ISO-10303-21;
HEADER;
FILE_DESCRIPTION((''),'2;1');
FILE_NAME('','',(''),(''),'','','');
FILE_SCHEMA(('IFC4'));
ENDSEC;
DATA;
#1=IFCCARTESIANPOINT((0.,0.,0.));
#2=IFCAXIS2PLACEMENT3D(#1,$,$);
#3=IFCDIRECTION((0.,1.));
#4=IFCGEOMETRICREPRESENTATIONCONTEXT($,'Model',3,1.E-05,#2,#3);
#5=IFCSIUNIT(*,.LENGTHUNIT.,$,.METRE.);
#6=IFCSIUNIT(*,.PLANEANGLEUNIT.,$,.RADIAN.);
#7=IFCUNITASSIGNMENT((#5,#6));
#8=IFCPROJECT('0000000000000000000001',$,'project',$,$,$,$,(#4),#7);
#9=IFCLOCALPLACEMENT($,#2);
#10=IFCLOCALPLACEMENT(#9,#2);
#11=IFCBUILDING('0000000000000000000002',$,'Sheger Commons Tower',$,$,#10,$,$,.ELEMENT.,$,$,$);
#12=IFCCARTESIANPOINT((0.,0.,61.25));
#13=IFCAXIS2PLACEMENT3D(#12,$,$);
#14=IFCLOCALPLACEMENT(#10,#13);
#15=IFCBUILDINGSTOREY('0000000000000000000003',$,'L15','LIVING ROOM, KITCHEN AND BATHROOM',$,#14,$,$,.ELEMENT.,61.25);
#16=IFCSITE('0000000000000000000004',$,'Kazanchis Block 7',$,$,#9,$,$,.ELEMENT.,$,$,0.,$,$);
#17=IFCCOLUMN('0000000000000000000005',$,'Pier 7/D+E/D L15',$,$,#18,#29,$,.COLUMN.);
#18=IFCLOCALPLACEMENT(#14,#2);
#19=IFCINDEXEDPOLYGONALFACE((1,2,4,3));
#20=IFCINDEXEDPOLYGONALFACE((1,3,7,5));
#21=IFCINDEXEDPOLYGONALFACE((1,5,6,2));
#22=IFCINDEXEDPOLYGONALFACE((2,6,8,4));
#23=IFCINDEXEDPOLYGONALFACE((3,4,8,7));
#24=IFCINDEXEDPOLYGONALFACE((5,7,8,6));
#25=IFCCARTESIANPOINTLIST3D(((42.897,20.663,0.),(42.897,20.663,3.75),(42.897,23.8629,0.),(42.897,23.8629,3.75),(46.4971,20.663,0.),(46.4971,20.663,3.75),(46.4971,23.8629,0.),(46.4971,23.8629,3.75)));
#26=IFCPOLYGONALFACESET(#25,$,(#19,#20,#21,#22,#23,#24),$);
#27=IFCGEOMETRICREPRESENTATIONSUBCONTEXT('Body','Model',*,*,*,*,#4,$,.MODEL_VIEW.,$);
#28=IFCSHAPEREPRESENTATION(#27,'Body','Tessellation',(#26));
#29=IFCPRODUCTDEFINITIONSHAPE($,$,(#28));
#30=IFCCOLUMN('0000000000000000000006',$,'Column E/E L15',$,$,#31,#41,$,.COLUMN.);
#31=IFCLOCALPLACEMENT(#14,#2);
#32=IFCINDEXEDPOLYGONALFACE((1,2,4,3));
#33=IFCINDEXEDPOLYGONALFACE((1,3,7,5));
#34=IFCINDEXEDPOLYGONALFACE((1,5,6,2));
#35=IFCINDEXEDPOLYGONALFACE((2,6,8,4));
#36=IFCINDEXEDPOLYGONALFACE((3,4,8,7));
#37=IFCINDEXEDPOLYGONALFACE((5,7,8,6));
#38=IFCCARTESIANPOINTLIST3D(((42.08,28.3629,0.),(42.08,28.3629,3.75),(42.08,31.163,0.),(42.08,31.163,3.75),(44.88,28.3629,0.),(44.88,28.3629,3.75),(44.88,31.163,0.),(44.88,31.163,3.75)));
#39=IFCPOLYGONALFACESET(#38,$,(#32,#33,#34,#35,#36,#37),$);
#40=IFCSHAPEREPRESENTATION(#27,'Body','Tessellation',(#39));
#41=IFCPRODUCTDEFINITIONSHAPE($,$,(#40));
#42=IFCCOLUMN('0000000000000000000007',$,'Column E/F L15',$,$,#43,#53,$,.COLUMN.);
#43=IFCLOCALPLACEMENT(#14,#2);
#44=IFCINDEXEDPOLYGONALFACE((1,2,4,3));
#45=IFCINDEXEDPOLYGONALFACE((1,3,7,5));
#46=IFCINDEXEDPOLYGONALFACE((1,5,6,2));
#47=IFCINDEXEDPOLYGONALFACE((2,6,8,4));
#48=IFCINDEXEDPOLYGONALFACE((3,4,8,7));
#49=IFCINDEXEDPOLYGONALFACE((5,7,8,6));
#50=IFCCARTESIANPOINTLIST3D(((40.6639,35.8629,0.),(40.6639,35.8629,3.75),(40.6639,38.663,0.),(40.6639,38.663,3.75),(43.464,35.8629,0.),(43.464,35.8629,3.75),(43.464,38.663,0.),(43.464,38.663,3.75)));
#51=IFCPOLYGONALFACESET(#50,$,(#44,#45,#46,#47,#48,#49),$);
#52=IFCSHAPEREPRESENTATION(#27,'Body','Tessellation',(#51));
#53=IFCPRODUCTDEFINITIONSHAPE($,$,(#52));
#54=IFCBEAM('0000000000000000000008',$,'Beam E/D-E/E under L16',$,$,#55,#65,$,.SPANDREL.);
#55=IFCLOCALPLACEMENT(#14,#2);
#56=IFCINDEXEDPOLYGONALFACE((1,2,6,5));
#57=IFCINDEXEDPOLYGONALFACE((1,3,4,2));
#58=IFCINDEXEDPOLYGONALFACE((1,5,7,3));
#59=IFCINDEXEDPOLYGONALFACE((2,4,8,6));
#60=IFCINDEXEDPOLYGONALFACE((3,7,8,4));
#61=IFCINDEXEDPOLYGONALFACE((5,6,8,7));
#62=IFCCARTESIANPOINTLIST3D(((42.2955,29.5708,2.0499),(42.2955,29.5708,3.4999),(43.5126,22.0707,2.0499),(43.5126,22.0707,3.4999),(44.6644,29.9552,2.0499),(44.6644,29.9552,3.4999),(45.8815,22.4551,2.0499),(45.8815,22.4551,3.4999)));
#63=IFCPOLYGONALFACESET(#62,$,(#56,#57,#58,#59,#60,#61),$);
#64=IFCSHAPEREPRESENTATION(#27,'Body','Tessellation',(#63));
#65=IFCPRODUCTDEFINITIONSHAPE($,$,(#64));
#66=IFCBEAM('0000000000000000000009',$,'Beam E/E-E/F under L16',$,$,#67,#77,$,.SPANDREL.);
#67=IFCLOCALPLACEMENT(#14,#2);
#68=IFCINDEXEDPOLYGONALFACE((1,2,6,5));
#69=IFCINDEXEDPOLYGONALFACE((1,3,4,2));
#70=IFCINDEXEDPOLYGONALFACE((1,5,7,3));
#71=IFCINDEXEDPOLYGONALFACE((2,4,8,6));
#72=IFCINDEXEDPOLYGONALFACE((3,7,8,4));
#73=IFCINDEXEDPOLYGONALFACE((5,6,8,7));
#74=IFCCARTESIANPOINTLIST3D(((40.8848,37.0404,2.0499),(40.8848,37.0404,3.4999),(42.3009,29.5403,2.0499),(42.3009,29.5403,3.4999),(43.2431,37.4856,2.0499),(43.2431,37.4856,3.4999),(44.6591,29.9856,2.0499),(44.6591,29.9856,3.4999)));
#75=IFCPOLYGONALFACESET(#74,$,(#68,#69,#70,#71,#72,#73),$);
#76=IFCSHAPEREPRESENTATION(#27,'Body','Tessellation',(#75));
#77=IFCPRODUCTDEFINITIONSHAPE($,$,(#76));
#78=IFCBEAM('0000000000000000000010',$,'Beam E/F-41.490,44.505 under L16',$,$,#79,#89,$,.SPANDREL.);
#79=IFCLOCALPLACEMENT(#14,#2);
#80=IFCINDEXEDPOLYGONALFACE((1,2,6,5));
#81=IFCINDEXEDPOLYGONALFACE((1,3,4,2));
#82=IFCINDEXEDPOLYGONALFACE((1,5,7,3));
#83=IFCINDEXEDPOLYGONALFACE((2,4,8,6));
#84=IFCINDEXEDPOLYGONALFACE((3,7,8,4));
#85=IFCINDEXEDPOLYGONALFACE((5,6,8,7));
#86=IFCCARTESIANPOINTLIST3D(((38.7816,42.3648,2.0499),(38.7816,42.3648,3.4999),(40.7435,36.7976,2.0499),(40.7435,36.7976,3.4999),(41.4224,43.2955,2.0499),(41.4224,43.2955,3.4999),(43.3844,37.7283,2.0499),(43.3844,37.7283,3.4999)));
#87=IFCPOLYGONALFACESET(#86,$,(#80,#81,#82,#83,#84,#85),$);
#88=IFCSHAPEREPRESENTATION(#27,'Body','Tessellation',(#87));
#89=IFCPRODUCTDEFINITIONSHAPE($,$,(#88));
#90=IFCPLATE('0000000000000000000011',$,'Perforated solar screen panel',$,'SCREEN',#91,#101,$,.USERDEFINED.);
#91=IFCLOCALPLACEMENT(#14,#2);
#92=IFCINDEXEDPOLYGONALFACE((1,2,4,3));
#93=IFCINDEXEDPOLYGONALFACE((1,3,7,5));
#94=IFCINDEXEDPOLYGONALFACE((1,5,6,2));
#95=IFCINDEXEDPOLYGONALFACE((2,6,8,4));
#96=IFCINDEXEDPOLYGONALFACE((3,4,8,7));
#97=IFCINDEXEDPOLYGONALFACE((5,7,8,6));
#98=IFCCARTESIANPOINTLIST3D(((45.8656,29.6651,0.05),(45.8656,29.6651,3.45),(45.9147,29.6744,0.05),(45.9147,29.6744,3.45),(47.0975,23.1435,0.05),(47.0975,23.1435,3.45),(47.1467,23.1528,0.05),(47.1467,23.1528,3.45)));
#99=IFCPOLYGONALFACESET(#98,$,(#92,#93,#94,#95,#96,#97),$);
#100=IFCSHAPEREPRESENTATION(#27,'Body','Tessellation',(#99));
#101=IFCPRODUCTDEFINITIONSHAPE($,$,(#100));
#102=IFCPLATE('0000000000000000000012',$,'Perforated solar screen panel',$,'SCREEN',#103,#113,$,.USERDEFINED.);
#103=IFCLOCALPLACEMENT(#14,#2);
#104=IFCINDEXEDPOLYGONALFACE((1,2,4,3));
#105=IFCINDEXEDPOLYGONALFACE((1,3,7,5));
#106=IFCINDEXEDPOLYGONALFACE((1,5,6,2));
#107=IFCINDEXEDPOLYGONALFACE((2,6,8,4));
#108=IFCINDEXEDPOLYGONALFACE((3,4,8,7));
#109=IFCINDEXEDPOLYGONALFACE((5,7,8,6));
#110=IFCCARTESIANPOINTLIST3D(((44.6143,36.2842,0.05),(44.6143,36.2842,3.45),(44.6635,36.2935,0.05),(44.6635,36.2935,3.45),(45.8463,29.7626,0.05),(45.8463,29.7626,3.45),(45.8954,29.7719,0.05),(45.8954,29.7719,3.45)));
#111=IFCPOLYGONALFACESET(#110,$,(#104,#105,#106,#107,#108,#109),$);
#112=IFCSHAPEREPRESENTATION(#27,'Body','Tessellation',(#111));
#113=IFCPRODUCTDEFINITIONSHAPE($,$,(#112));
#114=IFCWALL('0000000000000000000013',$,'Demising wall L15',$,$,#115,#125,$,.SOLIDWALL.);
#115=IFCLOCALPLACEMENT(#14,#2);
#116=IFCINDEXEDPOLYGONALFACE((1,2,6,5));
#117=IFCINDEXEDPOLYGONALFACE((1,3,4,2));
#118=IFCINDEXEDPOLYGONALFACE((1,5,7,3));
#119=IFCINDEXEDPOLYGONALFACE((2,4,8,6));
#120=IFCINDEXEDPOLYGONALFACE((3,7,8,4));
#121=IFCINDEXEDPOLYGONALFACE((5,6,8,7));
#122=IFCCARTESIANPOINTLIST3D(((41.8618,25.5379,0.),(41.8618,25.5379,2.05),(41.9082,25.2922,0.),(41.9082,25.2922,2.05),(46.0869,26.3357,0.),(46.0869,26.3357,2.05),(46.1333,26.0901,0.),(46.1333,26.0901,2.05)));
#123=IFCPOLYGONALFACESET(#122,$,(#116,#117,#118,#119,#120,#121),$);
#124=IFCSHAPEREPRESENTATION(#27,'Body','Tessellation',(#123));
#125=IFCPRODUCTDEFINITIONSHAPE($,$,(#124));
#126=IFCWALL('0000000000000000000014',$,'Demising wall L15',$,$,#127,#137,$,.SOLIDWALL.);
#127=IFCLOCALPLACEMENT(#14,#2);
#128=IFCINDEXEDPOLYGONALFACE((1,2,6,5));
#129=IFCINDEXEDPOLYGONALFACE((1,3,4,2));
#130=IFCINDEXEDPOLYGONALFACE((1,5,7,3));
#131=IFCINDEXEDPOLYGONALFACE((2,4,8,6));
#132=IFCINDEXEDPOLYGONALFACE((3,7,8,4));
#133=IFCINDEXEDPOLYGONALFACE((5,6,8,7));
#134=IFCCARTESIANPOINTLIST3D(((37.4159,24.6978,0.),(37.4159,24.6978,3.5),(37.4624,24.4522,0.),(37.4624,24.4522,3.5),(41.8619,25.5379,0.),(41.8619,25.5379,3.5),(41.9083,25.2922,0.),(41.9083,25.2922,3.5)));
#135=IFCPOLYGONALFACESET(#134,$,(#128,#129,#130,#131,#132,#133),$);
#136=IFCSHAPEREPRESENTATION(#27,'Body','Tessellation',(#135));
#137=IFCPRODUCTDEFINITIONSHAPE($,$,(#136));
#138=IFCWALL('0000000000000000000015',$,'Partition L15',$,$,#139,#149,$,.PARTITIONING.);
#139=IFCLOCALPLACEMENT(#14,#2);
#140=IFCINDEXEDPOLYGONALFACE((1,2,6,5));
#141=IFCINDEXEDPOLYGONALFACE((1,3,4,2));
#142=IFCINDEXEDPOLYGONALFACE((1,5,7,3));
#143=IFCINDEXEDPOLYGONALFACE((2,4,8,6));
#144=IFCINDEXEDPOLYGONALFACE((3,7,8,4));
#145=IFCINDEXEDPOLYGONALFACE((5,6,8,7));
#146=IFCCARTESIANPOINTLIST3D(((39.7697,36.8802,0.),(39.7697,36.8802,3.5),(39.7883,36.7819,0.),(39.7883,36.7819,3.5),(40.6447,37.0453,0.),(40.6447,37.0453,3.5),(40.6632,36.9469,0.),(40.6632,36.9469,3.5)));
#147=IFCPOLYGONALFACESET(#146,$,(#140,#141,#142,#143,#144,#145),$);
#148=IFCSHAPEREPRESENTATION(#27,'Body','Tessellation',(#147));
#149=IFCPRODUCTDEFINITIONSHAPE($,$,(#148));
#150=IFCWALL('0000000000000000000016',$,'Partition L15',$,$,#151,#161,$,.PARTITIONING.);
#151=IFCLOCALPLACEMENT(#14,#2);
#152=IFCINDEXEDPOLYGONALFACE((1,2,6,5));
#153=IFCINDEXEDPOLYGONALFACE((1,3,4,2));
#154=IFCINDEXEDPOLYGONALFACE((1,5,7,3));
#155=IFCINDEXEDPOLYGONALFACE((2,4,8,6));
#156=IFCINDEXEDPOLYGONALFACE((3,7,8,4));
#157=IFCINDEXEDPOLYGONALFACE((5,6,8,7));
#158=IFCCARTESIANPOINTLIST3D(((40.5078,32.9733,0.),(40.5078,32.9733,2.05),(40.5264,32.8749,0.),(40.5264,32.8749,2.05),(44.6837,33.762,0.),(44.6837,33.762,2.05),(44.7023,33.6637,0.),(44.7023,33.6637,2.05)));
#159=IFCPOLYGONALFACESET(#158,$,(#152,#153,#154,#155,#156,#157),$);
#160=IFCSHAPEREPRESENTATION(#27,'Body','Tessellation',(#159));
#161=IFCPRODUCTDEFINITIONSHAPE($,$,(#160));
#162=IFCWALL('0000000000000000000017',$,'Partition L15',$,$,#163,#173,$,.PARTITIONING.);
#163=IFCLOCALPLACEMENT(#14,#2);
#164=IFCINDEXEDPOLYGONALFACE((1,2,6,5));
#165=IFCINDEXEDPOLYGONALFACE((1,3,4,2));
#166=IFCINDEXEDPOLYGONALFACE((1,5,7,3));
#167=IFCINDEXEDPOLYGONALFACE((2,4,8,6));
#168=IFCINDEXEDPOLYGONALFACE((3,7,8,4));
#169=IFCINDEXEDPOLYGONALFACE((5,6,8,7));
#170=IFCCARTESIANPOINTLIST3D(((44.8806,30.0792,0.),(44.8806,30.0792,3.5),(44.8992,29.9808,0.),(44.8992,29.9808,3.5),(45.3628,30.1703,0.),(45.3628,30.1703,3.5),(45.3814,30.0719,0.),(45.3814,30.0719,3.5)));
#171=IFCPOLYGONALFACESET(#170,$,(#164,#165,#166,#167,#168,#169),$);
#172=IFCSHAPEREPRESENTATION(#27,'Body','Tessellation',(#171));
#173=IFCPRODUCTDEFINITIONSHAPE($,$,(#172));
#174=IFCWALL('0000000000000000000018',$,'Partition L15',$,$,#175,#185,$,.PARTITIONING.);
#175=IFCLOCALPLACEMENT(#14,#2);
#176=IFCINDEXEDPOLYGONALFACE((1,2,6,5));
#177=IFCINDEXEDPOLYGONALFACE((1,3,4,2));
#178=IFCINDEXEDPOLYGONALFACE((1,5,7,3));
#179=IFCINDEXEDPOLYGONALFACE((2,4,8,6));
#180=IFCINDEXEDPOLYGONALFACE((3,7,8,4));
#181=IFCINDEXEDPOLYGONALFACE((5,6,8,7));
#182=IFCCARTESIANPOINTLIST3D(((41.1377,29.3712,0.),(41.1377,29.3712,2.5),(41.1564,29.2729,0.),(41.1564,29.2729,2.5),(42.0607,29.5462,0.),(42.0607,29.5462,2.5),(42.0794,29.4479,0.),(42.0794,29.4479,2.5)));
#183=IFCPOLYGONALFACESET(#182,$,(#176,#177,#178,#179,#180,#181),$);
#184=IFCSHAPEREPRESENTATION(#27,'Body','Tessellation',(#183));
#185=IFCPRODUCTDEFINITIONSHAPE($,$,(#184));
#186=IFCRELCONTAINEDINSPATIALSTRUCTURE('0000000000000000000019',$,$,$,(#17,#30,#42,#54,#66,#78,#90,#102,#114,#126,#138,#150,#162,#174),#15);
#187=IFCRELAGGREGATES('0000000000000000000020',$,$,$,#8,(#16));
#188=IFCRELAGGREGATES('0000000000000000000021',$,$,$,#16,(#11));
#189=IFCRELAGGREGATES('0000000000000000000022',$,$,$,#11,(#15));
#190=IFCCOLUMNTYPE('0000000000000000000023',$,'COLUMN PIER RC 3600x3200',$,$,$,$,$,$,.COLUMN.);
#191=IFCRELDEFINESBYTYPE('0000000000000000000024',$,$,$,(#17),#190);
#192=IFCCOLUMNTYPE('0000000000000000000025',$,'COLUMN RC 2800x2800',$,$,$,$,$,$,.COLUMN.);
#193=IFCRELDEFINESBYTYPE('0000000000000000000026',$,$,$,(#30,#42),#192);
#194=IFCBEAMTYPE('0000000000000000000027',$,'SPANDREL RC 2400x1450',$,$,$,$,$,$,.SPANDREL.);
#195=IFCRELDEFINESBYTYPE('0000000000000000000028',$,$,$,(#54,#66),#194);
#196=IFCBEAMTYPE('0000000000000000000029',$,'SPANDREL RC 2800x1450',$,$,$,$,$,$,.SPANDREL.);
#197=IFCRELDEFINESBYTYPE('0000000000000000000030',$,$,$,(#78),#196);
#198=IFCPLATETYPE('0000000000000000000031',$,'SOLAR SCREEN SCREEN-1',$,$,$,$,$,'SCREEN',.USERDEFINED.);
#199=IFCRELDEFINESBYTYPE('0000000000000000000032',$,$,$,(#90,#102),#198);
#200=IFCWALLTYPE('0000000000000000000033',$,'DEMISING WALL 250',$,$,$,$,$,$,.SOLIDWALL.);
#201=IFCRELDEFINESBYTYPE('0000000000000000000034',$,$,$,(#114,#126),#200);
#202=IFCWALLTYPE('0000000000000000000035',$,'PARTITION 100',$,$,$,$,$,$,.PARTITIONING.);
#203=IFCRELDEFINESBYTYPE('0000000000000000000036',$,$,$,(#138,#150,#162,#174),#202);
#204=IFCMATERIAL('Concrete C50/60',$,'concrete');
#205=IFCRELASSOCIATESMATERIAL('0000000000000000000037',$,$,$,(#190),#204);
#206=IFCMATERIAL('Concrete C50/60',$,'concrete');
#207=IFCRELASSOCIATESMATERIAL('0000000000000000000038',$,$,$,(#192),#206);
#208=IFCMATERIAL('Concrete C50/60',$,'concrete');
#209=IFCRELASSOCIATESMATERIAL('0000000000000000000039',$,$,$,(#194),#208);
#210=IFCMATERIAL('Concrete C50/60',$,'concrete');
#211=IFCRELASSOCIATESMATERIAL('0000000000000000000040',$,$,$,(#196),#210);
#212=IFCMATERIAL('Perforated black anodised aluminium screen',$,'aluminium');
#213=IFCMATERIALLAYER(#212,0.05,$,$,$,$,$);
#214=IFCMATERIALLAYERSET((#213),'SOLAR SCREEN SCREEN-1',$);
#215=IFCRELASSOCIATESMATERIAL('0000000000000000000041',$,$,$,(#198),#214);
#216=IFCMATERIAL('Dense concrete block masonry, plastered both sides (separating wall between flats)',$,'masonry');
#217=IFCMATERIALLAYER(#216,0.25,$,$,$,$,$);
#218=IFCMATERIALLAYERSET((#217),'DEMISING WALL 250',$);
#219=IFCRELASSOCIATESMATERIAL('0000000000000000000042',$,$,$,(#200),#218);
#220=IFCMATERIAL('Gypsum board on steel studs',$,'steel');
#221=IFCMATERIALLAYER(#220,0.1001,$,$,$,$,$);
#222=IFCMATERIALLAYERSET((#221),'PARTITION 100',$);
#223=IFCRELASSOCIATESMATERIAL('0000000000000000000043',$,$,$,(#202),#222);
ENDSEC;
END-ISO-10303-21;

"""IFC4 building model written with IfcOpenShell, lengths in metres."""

from ifc_helpers import new_model, si_unit, direction, frame, frame_2d, origin, origin_2d, place, context, subcontext, project, spatial, rectangle, extrude, material, layer, layer_set, material_profile, profile_set, type_object, element, save


model = new_model("IFC4")

# Units and contexts
model_context = context("Model", 3, precision=1e-05, world=origin(), true_north=direction((0.0, 1.0)))
body_context = subcontext(model_context, "Body", "Model", "MODEL_VIEW")
ifc_project = project(units=[si_unit("LENGTHUNIT", "METRE"), si_unit("PLANEANGLEUNIT", "RADIAN")], contexts=[model_context])

# Site, building, storey
site_placement = place(None, origin())
site = spatial("IfcSite", under=ifc_project, at=site_placement, Name="Kazanchis Block 7", CompositionType="ELEMENT", RefElevation=0.0)
building_placement = place(site_placement, origin())
building = spatial("IfcBuilding", under=site, at=building_placement, Name="Sheger Commons Tower", CompositionType="ELEMENT")
storey_placement = place(building_placement, frame((0.0, 0.0, 61.25)))
storey = spatial("IfcBuildingStorey", under=building, at=storey_placement, Name="L15", Description="LIVING ROOM, KITCHEN AND BATHROOM", CompositionType="ELEMENT", Elevation=61.25)

# Columns
ifc_material_1 = material(Name="Concrete C50/60", Category="concrete")
ifc_material_profile_1 = material_profile(ifc_material_1, rectangle(XDim=3.6001, YDim=3.2, at=origin_2d()), Name="RC 3600x3200")
ifc_profile_set_1 = profile_set([ifc_material_profile_1], Name="Concrete C50/60")
column_type_1 = type_object("IfcColumnType", Name="COLUMN PIER RC 3600x3200", PredefinedType="COLUMN", material=ifc_profile_set_1)
column_placement = place(storey_placement, frame((44.697, 22.2629, 0.0), z_axis=(0.0, 0.0, 1.0), x_axis=(1.0, 0.0, 0.0)))
element("IfcColumn", 1, at=column_placement, inside=storey, type_object=column_type_1, Name="Pier 7/D+E/D L15", PredefinedType="COLUMN", context=body_context, shape_type="SweptSolid", body=[
    extrude(rectangle(XDim=3.6001, YDim=3.2, at=origin_2d()), origin(), (0.0, 0.0, 1.0), 3.75),
])
ifc_material_2 = material(Name="Concrete C50/60", Category="concrete")
ifc_material_profile_2 = material_profile(ifc_material_2, rectangle(XDim=2.8, YDim=2.8, at=origin_2d()), Name="RC 2800x2800")
ifc_profile_set_2 = profile_set([ifc_material_profile_2], Name="Concrete C50/60")
column_type_2 = type_object("IfcColumnType", Name="COLUMN RC 2800x2800", PredefinedType="COLUMN", material=ifc_profile_set_2)
for number, where, z_axis, x_axis, name in (
    (2, (43.48, 29.7629, 0.0), (0.0, 0.0, 1.0), (1.0, 0.0, 0.0), "Column E/E L15"),
    (3, (42.064, 37.2629, 0.0), (0.0, 0.0, 1.0), (1.0, 0.0, 0.0), "Column E/F L15"),
):
    element("IfcColumn", number, at=place(storey_placement, frame(where, z_axis=z_axis, x_axis=x_axis)), inside=storey, type_object=column_type_2, Name=name, PredefinedType="COLUMN", context=body_context, shape_type="SweptSolid", body=[
        extrude(rectangle(XDim=2.8, YDim=2.8, at=origin_2d()), origin(), (0.0, 0.0, 1.0), 3.75),
    ])

# Beams
ifc_material_3 = material(Name="Concrete C50/60", Category="concrete")
ifc_material_profile_3 = material_profile(ifc_material_3, rectangle(XDim=2.3999, YDim=1.45, at=origin_2d()), Name="RC 2400x1450")
ifc_profile_set_3 = profile_set([ifc_material_profile_3], Name="Concrete C50/60")
beam_type_1 = type_object("IfcBeamType", Name="SPANDREL RC 2400x1450", PredefinedType="SPANDREL", material=ifc_profile_set_3)
beam_1_placement = place(storey_placement, frame((44.697, 22.2629, 2.7749), z_axis=(-0.160177, 0.987088, 0.0), x_axis=(-0.987088, -0.160177, 0.0)))
element("IfcBeam", 4, at=beam_1_placement, inside=storey, type_object=beam_type_1, Name="Beam E/D-E/E under L16", PredefinedType="SPANDREL", context=body_context, shape_type="SweptSolid", body=[
    extrude(rectangle(XDim=2.3999, YDim=1.45, at=origin_2d()), origin(), (0.0, 0.0, 1.0), 7.5981),
])
beam_2_placement = place(storey_placement, frame((43.48, 29.7629, 2.7749), z_axis=(-0.185524, 0.98264, 0.0), x_axis=(-0.98264, -0.185524, 0.0)))
element("IfcBeam", 5, at=beam_2_placement, inside=storey, type_object=beam_type_1, Name="Beam E/E-E/F under L16", PredefinedType="SPANDREL", context=body_context, shape_type="SweptSolid", body=[
    extrude(rectangle(XDim=2.3999, YDim=1.45, at=origin_2d()), origin(), (0.0, 0.0, 1.0), 7.6326),
])
ifc_material_4 = material(Name="Concrete C50/60", Category="concrete")
ifc_material_profile_4 = material_profile(ifc_material_4, rectangle(XDim=2.8, YDim=1.45, at=origin_2d()), Name="RC 2800x1450")
ifc_profile_set_4 = profile_set([ifc_material_profile_4], Name="Concrete C50/60")
beam_type_2 = type_object("IfcBeamType", Name="SPANDREL RC 2800x1450", PredefinedType="SPANDREL", material=ifc_profile_set_4)
beam_3_placement = place(storey_placement, frame((42.064, 37.2629, 2.7749), z_axis=(-0.332374, 0.943148, 0.0), x_axis=(-0.943148, -0.332374, 0.0)))
element("IfcBeam", 6, at=beam_3_placement, inside=storey, type_object=beam_type_2, Name="Beam E/F-41.490,44.505 under L16", PredefinedType="SPANDREL", context=body_context, shape_type="SweptSolid", body=[
    extrude(rectangle(XDim=2.8, YDim=1.45, at=origin_2d()), origin(), (0.0, 0.0, 1.0), 5.9028),
])

# Plates
ifc_material_5 = material(Name="Perforated black anodised aluminium screen", Category="aluminium")
ifc_layer_1 = layer(ifc_material_5, 0.05)
ifc_layer_set_1 = layer_set([ifc_layer_1], Name="SOLAR SCREEN SCREEN-1")
plate_type = type_object("IfcPlateType", Name="SOLAR SCREEN SCREEN-1", ElementType="SCREEN", PredefinedType="USERDEFINED", material=ifc_layer_set_1)
for number, where, z_axis, x_axis, name in (
    (7, (46.5061, 26.4089, 0.05), (0.0, 0.0, 1.0), (-0.185615, 0.982623, 0.0), "Perforated solar screen panel"),
    (8, (45.2549, 33.0281, 0.05), (0.0, 0.0, 1.0), (-0.185615, 0.982623, 0.0), "Perforated solar screen panel"),
):
    element("IfcPlate", number, at=place(storey_placement, frame(where, z_axis=z_axis, x_axis=x_axis)), inside=storey, type_object=plate_type, Name=name, ObjectType="SCREEN", PredefinedType="USERDEFINED", context=body_context, shape_type="SweptSolid", body=[
        extrude(rectangle(XDim=6.637, YDim=0.05, at=origin_2d()), origin(), (0.0, 0.0, 1.0), 3.3999),
    ])

# Walls
ifc_material_6 = material(Name="Dense concrete block masonry, plastered both sides (separating wall between flats)", Category="masonry")
ifc_layer_2 = layer(ifc_material_6, 0.25)
ifc_layer_set_2 = layer_set([ifc_layer_2], Name="DEMISING WALL 250")
wall_type_1 = type_object("IfcWallType", Name="DEMISING WALL 250", PredefinedType="SOLIDWALL", material=ifc_layer_set_2)
wall_1_placement = place(storey_placement, frame((46.1101, 26.2129, 0.0), z_axis=(0.0, 0.0, 1.0), x_axis=(-0.982634, -0.185557, 0.0)))
element("IfcWall", 9, at=wall_1_placement, inside=storey, type_object=wall_type_1, Name="Demising wall L15", PredefinedType="SOLIDWALL", context=body_context, shape_type="SweptSolid", body=[
    extrude(rectangle(XDim=4.2998, YDim=0.25, at=frame_2d((2.1499, 0.0))), origin(), (0.0, 0.0, 1.0), 2.05),
])
wall_2_placement = place(storey_placement, frame((41.885, 25.415, 0.0), z_axis=(0.0, 0.0, 1.0), x_axis=(-0.982613, -0.185666, 0.0)))
element("IfcWall", 10, at=wall_2_placement, inside=storey, type_object=wall_type_1, Name="Demising wall L15", PredefinedType="SOLIDWALL", context=body_context, shape_type="SweptSolid", body=[
    extrude(rectangle(XDim=4.5247, YDim=0.25, at=frame_2d((2.2622, 0.0))), origin(), (0.0, 0.0, 1.0), 3.5),
])
ifc_material_7 = material(Name="Gypsum board on steel studs", Category="steel")
ifc_layer_3 = layer(ifc_material_7, 0.1001)
ifc_layer_set_3 = layer_set([ifc_layer_3], Name="PARTITION 100")
wall_type_2 = type_object("IfcWallType", Name="PARTITION 100", PredefinedType="PARTITIONING", material=ifc_layer_set_3)
wall_3_placement = place(storey_placement, frame((40.6541, 36.9961, 0.0), z_axis=(0.0, 0.0, 1.0), x_axis=(-0.982673, -0.185348, 0.0)))
element("IfcWall", 11, at=wall_3_placement, inside=storey, type_object=wall_type_2, Name="Partition L15", PredefinedType="PARTITIONING", context=body_context, shape_type="SweptSolid", body=[
    extrude(rectangle(XDim=0.8904, YDim=0.1001, at=frame_2d((0.4453, 0.0))), origin(), (0.0, 0.0, 1.0), 3.5),
])
wall_4_placement = place(storey_placement, frame((44.6931, 33.7129, 0.0), z_axis=(0.0, 0.0, 1.0), x_axis=(-0.982624, -0.18561, 0.0)))
element("IfcWall", 12, at=wall_4_placement, inside=storey, type_object=wall_type_2, Name="Partition L15", PredefinedType="PARTITIONING", context=body_context, shape_type="SweptSolid", body=[
    extrude(rectangle(XDim=4.2498, YDim=0.1001, at=frame_2d((2.125, 0.0))), origin(), (0.0, 0.0, 1.0), 2.05),
])
wall_5_placement = place(storey_placement, frame((45.3721, 30.1211, 0.0), z_axis=(0.0, 0.0, 1.0), x_axis=(-0.982629, -0.18558, 0.0)))
element("IfcWall", 13, at=wall_5_placement, inside=storey, type_object=wall_type_2, Name="Partition L15", PredefinedType="PARTITIONING", context=body_context, shape_type="SweptSolid", body=[
    extrude(rectangle(XDim=0.4907, YDim=0.1001, at=frame_2d((0.2454, 0.0))), origin(), (0.0, 0.0, 1.0), 3.5),
])
wall_6_placement = place(storey_placement, frame((42.0701, 29.4971, 0.0), z_axis=(0.0, 0.0, 1.0), x_axis=(-0.982491, -0.186312, 0.0)))
element("IfcWall", 14, at=wall_6_placement, inside=storey, type_object=wall_type_2, Name="Partition L15", PredefinedType="PARTITIONING", context=body_context, shape_type="SweptSolid", body=[
    extrude(rectangle(XDim=0.9395, YDim=0.1001, at=frame_2d((0.4697, 0.0))), origin(), (0.0, 0.0, 1.0), 2.5),
])

save(model, "model.ifc")
